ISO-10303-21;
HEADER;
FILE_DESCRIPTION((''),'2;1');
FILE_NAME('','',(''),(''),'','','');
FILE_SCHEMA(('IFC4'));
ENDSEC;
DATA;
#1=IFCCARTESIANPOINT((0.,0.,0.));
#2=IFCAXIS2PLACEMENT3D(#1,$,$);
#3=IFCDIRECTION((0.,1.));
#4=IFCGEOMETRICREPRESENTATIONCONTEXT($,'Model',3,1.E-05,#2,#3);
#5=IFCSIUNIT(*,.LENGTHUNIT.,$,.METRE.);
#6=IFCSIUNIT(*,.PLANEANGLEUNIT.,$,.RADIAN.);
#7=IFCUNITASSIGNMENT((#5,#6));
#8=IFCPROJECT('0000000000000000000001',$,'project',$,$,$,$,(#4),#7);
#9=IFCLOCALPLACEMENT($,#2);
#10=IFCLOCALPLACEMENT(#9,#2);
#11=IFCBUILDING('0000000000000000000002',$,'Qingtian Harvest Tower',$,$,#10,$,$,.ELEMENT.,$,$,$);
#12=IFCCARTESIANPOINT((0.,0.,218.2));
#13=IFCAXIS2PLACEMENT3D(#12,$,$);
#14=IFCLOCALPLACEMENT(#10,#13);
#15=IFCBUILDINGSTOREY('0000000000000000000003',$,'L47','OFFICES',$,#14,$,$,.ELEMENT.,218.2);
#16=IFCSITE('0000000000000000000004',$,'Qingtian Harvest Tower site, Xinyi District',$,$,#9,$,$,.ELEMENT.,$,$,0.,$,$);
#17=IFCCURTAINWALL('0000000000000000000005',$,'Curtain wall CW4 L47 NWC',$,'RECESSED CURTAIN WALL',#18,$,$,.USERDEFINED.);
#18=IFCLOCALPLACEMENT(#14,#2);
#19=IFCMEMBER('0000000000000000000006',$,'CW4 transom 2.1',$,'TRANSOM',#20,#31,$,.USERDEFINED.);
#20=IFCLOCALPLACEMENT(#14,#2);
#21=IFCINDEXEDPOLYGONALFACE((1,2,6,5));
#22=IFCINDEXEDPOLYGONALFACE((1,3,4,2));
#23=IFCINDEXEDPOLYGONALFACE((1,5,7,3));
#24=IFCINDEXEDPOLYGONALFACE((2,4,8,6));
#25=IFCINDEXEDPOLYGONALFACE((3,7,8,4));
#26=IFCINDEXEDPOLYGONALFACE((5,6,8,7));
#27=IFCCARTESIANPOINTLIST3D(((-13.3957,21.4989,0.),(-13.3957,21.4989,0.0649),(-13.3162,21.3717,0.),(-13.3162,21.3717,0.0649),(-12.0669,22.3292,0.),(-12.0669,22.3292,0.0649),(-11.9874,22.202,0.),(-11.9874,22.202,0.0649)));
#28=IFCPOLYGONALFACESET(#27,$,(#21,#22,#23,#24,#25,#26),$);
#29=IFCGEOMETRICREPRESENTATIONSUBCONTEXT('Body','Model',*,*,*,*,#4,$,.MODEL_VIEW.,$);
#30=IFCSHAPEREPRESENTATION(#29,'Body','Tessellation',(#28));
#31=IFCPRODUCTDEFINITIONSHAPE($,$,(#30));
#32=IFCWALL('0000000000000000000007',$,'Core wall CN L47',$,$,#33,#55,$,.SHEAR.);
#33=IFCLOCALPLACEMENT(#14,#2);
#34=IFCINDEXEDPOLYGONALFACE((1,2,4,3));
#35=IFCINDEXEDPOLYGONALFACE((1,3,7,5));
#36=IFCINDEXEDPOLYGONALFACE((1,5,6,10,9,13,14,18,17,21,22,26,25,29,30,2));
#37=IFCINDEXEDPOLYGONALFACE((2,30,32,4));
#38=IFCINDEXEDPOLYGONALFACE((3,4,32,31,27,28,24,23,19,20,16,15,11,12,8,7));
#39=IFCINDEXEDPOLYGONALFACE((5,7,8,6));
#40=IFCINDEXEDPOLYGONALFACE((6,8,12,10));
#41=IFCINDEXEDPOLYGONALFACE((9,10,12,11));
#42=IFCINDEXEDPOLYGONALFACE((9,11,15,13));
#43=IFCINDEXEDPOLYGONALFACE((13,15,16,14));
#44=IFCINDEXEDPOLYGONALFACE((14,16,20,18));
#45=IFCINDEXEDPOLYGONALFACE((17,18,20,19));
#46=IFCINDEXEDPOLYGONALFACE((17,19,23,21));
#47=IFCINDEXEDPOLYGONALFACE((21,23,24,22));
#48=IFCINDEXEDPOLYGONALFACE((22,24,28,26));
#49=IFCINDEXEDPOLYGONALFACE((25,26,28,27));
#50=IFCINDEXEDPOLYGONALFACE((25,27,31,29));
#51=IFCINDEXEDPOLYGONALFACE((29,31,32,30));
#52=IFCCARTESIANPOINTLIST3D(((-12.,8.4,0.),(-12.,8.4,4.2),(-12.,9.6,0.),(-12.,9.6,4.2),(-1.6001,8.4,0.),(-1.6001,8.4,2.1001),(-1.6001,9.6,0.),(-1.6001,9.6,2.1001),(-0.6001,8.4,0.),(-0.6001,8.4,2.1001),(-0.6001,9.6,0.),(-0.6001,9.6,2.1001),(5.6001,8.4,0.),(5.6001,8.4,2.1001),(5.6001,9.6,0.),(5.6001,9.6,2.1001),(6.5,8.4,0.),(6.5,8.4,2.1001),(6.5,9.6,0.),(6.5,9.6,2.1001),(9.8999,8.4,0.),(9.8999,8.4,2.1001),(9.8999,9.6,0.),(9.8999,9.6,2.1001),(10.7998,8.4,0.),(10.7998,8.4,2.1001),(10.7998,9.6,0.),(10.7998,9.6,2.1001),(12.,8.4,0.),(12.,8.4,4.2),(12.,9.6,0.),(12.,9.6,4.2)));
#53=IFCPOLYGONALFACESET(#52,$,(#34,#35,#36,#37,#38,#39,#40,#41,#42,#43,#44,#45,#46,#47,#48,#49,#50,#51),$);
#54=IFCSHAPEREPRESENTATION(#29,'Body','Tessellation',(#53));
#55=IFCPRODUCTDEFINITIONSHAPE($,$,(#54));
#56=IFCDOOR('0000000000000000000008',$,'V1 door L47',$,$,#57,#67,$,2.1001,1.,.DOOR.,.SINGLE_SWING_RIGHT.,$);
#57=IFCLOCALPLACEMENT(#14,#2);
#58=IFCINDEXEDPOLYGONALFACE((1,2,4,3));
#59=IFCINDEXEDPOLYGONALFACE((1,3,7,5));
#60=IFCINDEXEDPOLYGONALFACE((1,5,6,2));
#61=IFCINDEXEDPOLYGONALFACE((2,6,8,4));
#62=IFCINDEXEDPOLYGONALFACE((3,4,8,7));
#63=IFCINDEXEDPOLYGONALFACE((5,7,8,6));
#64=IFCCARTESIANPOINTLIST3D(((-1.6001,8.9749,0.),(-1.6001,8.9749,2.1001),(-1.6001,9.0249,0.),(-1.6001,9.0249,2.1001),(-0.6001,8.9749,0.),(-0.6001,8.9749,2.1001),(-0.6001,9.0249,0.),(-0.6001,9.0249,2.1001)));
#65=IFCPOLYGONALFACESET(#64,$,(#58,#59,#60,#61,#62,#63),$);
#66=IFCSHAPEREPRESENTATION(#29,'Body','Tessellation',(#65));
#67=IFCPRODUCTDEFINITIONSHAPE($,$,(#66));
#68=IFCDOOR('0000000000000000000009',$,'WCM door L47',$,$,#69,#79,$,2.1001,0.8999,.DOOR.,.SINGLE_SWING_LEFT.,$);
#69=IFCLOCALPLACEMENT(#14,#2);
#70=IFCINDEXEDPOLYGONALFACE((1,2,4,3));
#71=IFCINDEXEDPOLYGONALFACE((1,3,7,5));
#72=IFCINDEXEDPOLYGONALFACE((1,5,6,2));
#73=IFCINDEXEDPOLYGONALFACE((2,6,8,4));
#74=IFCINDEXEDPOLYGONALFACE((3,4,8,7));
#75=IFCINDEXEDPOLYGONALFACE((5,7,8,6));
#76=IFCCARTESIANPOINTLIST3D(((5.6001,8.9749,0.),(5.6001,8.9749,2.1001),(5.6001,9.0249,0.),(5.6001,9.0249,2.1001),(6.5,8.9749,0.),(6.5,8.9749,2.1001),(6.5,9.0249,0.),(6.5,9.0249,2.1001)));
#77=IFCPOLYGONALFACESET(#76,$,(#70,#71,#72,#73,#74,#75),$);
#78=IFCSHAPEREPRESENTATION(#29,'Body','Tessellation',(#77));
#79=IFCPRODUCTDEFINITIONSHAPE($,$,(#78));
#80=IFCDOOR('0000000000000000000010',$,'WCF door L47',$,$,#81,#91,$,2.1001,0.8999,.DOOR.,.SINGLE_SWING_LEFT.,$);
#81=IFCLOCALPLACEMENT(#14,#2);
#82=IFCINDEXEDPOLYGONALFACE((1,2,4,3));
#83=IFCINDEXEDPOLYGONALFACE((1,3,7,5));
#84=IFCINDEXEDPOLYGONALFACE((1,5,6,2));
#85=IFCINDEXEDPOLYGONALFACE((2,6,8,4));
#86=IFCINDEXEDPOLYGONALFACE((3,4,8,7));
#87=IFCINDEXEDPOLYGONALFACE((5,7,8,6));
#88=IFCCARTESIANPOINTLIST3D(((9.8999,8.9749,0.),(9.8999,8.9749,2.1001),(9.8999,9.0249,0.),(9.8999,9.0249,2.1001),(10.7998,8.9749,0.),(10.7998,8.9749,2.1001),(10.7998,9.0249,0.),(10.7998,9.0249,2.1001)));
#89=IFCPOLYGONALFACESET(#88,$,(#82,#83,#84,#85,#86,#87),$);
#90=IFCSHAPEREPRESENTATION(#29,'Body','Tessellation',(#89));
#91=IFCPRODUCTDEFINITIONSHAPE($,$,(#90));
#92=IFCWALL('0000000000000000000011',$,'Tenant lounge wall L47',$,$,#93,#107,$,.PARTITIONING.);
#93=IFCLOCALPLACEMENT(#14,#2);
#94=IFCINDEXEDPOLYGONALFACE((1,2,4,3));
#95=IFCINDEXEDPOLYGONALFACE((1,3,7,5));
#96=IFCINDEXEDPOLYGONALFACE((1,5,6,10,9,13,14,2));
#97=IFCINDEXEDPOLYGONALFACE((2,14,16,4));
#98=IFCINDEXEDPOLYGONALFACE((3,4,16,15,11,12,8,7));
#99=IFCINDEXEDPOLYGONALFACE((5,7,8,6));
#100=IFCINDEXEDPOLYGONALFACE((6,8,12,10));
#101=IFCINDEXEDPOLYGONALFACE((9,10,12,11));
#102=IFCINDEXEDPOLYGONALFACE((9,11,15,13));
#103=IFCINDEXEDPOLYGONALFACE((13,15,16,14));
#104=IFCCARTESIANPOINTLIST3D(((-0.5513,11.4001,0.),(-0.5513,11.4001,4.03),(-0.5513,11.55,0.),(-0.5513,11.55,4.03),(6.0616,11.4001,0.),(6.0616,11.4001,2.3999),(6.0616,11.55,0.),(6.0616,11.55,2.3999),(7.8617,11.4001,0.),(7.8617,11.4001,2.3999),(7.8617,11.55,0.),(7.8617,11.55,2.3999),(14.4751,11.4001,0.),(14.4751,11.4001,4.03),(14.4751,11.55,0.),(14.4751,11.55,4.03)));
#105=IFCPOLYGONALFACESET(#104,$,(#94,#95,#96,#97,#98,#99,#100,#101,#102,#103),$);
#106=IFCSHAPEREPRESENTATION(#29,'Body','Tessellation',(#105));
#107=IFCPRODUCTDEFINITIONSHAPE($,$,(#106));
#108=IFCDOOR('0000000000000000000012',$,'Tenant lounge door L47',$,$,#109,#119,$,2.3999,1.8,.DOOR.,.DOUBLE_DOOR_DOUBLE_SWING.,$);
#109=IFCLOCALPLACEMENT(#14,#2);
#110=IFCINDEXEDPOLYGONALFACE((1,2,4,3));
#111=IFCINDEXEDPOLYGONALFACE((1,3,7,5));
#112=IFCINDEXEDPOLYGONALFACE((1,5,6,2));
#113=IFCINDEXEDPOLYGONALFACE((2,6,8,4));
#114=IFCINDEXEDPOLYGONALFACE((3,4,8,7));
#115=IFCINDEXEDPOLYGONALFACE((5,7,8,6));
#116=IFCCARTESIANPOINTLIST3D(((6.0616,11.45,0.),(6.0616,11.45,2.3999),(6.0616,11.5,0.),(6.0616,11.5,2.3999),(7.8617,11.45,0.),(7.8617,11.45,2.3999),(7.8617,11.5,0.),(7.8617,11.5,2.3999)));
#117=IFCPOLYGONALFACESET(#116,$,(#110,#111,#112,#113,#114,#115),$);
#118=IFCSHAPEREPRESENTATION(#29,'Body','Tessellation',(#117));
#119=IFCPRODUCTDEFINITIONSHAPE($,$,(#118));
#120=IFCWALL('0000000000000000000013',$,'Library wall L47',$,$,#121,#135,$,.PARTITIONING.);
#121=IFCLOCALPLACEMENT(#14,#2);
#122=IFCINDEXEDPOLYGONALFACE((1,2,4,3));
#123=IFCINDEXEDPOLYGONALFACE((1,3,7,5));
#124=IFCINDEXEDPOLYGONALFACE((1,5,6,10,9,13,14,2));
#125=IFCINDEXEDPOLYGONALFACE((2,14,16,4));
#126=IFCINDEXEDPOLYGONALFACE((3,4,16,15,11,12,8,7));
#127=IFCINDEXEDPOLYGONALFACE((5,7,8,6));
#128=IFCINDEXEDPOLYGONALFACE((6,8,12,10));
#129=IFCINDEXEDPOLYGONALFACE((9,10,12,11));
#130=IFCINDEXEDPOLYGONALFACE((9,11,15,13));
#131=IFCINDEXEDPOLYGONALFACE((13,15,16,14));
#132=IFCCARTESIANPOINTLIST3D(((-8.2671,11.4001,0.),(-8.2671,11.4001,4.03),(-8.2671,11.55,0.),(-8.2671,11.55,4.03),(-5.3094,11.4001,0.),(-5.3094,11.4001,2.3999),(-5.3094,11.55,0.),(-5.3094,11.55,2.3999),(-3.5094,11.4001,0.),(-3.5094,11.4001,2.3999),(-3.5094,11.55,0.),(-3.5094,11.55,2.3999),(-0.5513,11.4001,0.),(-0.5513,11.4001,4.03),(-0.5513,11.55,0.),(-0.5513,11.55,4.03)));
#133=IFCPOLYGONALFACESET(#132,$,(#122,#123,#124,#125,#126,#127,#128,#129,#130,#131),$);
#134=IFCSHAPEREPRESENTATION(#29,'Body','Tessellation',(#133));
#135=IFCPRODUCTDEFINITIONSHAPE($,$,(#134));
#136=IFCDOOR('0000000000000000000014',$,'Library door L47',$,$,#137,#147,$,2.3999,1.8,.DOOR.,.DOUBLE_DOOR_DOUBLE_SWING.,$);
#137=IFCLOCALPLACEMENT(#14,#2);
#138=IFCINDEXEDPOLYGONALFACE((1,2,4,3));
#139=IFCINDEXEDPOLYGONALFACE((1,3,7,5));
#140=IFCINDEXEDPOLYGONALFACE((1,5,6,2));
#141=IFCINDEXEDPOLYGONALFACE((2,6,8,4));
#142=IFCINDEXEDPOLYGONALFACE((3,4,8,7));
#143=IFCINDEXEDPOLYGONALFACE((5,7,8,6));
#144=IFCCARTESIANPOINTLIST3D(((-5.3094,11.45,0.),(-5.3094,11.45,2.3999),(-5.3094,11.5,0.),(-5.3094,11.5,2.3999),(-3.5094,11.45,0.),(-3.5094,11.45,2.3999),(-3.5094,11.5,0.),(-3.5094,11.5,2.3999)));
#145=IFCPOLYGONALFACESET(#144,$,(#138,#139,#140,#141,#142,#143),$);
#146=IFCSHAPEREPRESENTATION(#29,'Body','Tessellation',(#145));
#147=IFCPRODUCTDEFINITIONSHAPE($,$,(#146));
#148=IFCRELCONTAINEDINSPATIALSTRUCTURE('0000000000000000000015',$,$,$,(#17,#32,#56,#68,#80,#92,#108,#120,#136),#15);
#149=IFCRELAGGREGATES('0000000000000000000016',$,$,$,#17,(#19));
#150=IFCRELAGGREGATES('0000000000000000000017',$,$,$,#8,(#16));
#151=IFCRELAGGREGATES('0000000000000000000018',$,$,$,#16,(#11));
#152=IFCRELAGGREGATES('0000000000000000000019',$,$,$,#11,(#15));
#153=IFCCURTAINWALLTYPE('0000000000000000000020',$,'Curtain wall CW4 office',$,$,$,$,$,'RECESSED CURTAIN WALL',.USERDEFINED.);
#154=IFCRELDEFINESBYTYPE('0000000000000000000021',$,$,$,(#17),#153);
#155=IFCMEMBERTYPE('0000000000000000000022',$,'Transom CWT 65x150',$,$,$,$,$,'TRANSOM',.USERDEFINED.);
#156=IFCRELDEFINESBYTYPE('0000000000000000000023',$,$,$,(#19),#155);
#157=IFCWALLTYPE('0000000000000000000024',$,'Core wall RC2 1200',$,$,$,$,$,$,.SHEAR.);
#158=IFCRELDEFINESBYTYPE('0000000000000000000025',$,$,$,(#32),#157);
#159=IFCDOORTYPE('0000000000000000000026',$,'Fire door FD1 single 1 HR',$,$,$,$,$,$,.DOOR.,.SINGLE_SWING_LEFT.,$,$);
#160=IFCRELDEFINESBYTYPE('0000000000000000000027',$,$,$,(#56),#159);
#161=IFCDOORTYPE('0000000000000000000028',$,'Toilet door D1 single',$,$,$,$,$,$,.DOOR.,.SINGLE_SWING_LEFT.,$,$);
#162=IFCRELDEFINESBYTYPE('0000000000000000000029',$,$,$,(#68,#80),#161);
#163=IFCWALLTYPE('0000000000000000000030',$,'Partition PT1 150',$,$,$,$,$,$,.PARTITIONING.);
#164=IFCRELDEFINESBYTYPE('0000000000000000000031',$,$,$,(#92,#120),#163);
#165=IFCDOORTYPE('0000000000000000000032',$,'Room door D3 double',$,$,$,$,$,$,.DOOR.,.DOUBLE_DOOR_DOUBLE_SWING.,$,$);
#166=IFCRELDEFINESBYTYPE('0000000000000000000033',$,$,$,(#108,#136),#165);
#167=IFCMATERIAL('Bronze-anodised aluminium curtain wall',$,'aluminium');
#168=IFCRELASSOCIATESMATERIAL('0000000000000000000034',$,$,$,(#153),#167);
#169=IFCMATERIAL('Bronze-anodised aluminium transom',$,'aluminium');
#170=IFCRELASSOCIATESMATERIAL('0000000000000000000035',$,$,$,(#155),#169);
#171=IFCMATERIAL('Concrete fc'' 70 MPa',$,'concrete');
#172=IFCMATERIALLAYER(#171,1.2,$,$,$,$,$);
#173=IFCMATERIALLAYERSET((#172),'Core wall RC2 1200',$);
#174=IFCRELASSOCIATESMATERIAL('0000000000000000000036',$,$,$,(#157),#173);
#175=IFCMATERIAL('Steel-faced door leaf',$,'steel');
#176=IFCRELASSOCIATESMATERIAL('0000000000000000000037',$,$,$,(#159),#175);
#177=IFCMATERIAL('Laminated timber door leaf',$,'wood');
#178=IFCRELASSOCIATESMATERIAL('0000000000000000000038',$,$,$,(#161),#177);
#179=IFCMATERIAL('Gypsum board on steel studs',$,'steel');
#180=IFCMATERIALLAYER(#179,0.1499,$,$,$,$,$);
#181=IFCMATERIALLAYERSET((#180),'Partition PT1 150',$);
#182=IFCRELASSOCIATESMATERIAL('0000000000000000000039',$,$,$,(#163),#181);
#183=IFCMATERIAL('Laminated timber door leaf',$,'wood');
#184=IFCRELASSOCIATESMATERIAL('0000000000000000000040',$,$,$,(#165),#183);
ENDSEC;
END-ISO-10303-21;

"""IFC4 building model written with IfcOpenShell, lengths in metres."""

from ifc_helpers import new_model, si_unit, direction, frame, frame_2d, origin, origin_2d, place, context, subcontext, project, spatial, rectangle, extrude, material, layer, layer_set, material_profile, profile_set, type_object, element, fill, aggregate, save


model = new_model("IFC4")

# Units and contexts
model_context = context("Model", 3, precision=1e-05, world=origin(), true_north=direction((0.0, 1.0)))
body_context = subcontext(model_context, "Body", "Model", "MODEL_VIEW")
ifc_project = project(units=[si_unit("LENGTHUNIT", "METRE"), si_unit("PLANEANGLEUNIT", "RADIAN")], contexts=[model_context])

# Site, building, storey
site_placement = place(None, origin())
site = spatial("IfcSite", under=ifc_project, at=site_placement, Name="Qingtian Harvest Tower site, Xinyi District", CompositionType="ELEMENT", RefElevation=0.0)
building_placement = place(site_placement, origin())
building = spatial("IfcBuilding", under=site, at=building_placement, Name="Qingtian Harvest Tower", CompositionType="ELEMENT")
storey_placement = place(building_placement, frame((0.0, 0.0, 218.2)))
storey = spatial("IfcBuildingStorey", under=building, at=storey_placement, Name="L47", Description="OFFICES", CompositionType="ELEMENT", Elevation=218.2)

# Curtain wall, member
ifc_material_1 = material(Name="Bronze-anodised aluminium curtain wall", Category="aluminium")
curtain_wall_type = type_object("IfcCurtainWallType", Name="Curtain wall CW4 office", ElementType="RECESSED CURTAIN WALL", PredefinedType="USERDEFINED", material=ifc_material_1)
curtain_wall_placement = place(storey_placement, origin())
curtain_wall = element("IfcCurtainWall", 1, at=curtain_wall_placement, inside=storey, type_object=curtain_wall_type, Name="Curtain wall CW4 L47 NWC", ObjectType="RECESSED CURTAIN WALL", PredefinedType="USERDEFINED")
ifc_material_2 = material(Name="Bronze-anodised aluminium transom", Category="aluminium")
ifc_material_profile = material_profile(ifc_material_2, rectangle(XDim=0.1499, YDim=0.0649, at=origin_2d()), Name="AL 65x150")
ifc_profile_set = profile_set([ifc_material_profile], Name="Bronze-anodised aluminium transom")
member_type = type_object("IfcMemberType", Name="Transom CWT 65x150", ElementType="TRANSOM", PredefinedType="USERDEFINED", material=ifc_profile_set)
member_placement = place(storey_placement, frame((-13.356, 21.4353, 0.0325), z_axis=(0.84806, 0.529901, 0.0), x_axis=(-0.529901, 0.84806, 0.0)))
member = element("IfcMember", 2, at=member_placement, type_object=member_type, Name="CW4 transom 2.1", ObjectType="TRANSOM", PredefinedType="USERDEFINED", context=body_context, shape_type="SweptSolid", body=[
    extrude(rectangle(XDim=0.1499, YDim=0.0649, at=origin_2d()), origin(), (0.0, 0.0, 1.0), 1.5669),
])
aggregate(curtain_wall, [member])

# Wall, openings, doors
ifc_material_3 = material(Name="Concrete fc' 70 MPa", Category="concrete")
ifc_layer_1 = layer(ifc_material_3, 1.2)
ifc_layer_set_1 = layer_set([ifc_layer_1], Name="Core wall RC2 1200")
wall_type_1 = type_object("IfcWallType", Name="Core wall RC2 1200", PredefinedType="SHEAR", material=ifc_layer_set_1)
wall_1_placement = place(storey_placement, frame((-12.0, 9.0, 0.0), z_axis=(0.0, 0.0, 1.0), x_axis=(1.0, 0.0, 0.0)))
wall_1 = element("IfcWall", 3, at=wall_1_placement, inside=storey, type_object=wall_type_1, Name="Core wall CN L47", PredefinedType="SHEAR", context=body_context, shape_type="SweptSolid", body=[
    extrude(rectangle(XDim=24.0, YDim=1.2, at=frame_2d((12.0, 0.0))), origin(), (0.0, 0.0, 1.0), 4.2),
])
opening_1_placement = place(wall_1_placement, frame((10.3999, 0.0, 0.0)))
opening_1 = element("IfcOpeningElement", 4, at=opening_1_placement, cuts=wall_1, PredefinedType="OPENING", context=body_context, shape_type="SweptSolid", body=[
    extrude(rectangle(XDim=1.0, YDim=2.1001, at=frame_2d((0.5, 1.05))), frame((0.0, 0.6099, 0.0), z_axis=(0.0, -1.0, 0.0), x_axis=(1.0, 0.0, 0.0)), (0.0, 0.0, 1.0), 1.22),
])
opening_2_placement = place(wall_1_placement, frame((17.6001, 0.0, 0.0)))
opening_2 = element("IfcOpeningElement", 5, at=opening_2_placement, cuts=wall_1, PredefinedType="OPENING", context=body_context, shape_type="SweptSolid", body=[
    extrude(rectangle(XDim=0.8999, YDim=2.1001, at=frame_2d((0.45, 1.05))), frame((0.0, 0.6099, 0.0), z_axis=(0.0, -1.0, 0.0), x_axis=(1.0, 0.0, 0.0)), (0.0, 0.0, 1.0), 1.22),
])
opening_3_placement = place(wall_1_placement, frame((21.8999, 0.0, 0.0)))
opening_3 = element("IfcOpeningElement", 6, at=opening_3_placement, cuts=wall_1, PredefinedType="OPENING", context=body_context, shape_type="SweptSolid", body=[
    extrude(rectangle(XDim=0.8999, YDim=2.1001, at=frame_2d((0.45, 1.05))), frame((0.0, 0.6099, 0.0), z_axis=(0.0, -1.0, 0.0), x_axis=(1.0, 0.0, 0.0)), (0.0, 0.0, 1.0), 1.22),
])
ifc_material_4 = material(Name="Steel-faced door leaf", Category="steel")
door_type_1 = type_object("IfcDoorType", Name="Fire door FD1 single 1 HR", OperationType="SINGLE_SWING_LEFT", PredefinedType="DOOR", material=ifc_material_4)
door_1_placement = place(opening_1_placement, origin())
door_1 = element("IfcDoor", 7, at=door_1_placement, inside=storey, type_object=door_type_1, Name="V1 door L47", OperationType="SINGLE_SWING_RIGHT", OverallHeight=2.1001, OverallWidth=1.0, PredefinedType="DOOR", context=body_context, shape_type="SweptSolid", body=[
    extrude(rectangle(XDim=1.0, YDim=2.1001, at=frame_2d((0.5, 1.05))), frame((0.0, 0.0249, 0.0), z_axis=(0.0, -1.0, 0.0), x_axis=(1.0, 0.0, 0.0)), (0.0, 0.0, 1.0), 0.05),
])
fill(opening_1, door_1)
ifc_material_5 = material(Name="Laminated timber door leaf", Category="wood")
door_type_2 = type_object("IfcDoorType", Name="Toilet door D1 single", OperationType="SINGLE_SWING_LEFT", PredefinedType="DOOR", material=ifc_material_5)
door_2_placement = place(opening_2_placement, origin())
door_2 = element("IfcDoor", 8, at=door_2_placement, inside=storey, type_object=door_type_2, Name="WCM door L47", OperationType="SINGLE_SWING_LEFT", OverallHeight=2.1001, OverallWidth=0.8999, PredefinedType="DOOR", context=body_context, shape_type="SweptSolid", body=[
    extrude(rectangle(XDim=0.8999, YDim=2.1001, at=frame_2d((0.45, 1.05))), frame((0.0, 0.0249, 0.0), z_axis=(0.0, -1.0, 0.0), x_axis=(1.0, 0.0, 0.0)), (0.0, 0.0, 1.0), 0.05),
])
fill(opening_2, door_2)
door_3_placement = place(opening_3_placement, origin())
door_3 = element("IfcDoor", 9, at=door_3_placement, inside=storey, type_object=door_type_2, Name="WCF door L47", OperationType="SINGLE_SWING_LEFT", OverallHeight=2.1001, OverallWidth=0.8999, PredefinedType="DOOR", context=body_context, shape_type="SweptSolid", body=[
    extrude(rectangle(XDim=0.8999, YDim=2.1001, at=frame_2d((0.45, 1.05))), frame((0.0, 0.0249, 0.0), z_axis=(0.0, -1.0, 0.0), x_axis=(1.0, 0.0, 0.0)), (0.0, 0.0, 1.0), 0.05),
])
fill(opening_3, door_3)

# Walls, openings, doors
ifc_material_6 = material(Name="Gypsum board on steel studs", Category="steel")
ifc_layer_2 = layer(ifc_material_6, 0.1499)
ifc_layer_set_2 = layer_set([ifc_layer_2], Name="Partition PT1 150")
wall_type_2 = type_object("IfcWallType", Name="Partition PT1 150", PredefinedType="PARTITIONING", material=ifc_layer_set_2)
wall_2_placement = place(storey_placement, frame((-0.5513, 11.4751, 0.0), z_axis=(0.0, 0.0, 1.0), x_axis=(1.0, 0.0, 0.0)))
wall_2 = element("IfcWall", 10, at=wall_2_placement, inside=storey, type_object=wall_type_2, Name="Tenant lounge wall L47", PredefinedType="PARTITIONING", context=body_context, shape_type="SweptSolid", body=[
    extrude(rectangle(XDim=15.0264, YDim=0.1499, at=frame_2d((7.5132, 0.0))), origin(), (0.0, 0.0, 1.0), 4.03),
])
opening_4_placement = place(wall_2_placement, frame((6.613, 0.0, 0.0)))
opening_4 = element("IfcOpeningElement", 11, at=opening_4_placement, cuts=wall_2, PredefinedType="OPENING", context=body_context, shape_type="SweptSolid", body=[
    extrude(rectangle(XDim=1.8, YDim=2.3999, at=frame_2d((0.8999, 1.2))), frame((0.0, 0.085, 0.0), z_axis=(0.0, -1.0, 0.0), x_axis=(1.0, 0.0, 0.0)), (0.0, 0.0, 1.0), 0.1699),
])
ifc_material_7 = material(Name="Laminated timber door leaf", Category="wood")
door_type_3 = type_object("IfcDoorType", Name="Room door D3 double", OperationType="DOUBLE_DOOR_DOUBLE_SWING", PredefinedType="DOOR", material=ifc_material_7)
door_4_placement = place(opening_4_placement, origin())
door_4 = element("IfcDoor", 12, at=door_4_placement, inside=storey, type_object=door_type_3, Name="Tenant lounge door L47", OperationType="DOUBLE_DOOR_DOUBLE_SWING", OverallHeight=2.3999, OverallWidth=1.8, PredefinedType="DOOR", context=body_context, shape_type="SweptSolid", body=[
    extrude(rectangle(XDim=1.8, YDim=2.3999, at=frame_2d((0.8999, 1.2))), frame((0.0, 0.0249, 0.0), z_axis=(0.0, -1.0, 0.0), x_axis=(1.0, 0.0, 0.0)), (0.0, 0.0, 1.0), 0.05),
])
fill(opening_4, door_4)
wall_3_placement = place(storey_placement, frame((-8.2671, 11.4751, 0.0), z_axis=(0.0, 0.0, 1.0), x_axis=(1.0, 0.0, 0.0)))
wall_3 = element("IfcWall", 13, at=wall_3_placement, inside=storey, type_object=wall_type_2, Name="Library wall L47", PredefinedType="PARTITIONING", context=body_context, shape_type="SweptSolid", body=[
    extrude(rectangle(XDim=7.7158, YDim=0.1499, at=frame_2d((3.8579, 0.0))), origin(), (0.0, 0.0, 1.0), 4.03),
])
opening_5_placement = place(wall_3_placement, frame((2.9578, 0.0, 0.0)))
opening_5 = element("IfcOpeningElement", 14, at=opening_5_placement, cuts=wall_3, PredefinedType="OPENING", context=body_context, shape_type="SweptSolid", body=[
    extrude(rectangle(XDim=1.8, YDim=2.3999, at=frame_2d((0.8999, 1.2))), frame((0.0, 0.085, 0.0), z_axis=(0.0, -1.0, 0.0), x_axis=(1.0, 0.0, 0.0)), (0.0, 0.0, 1.0), 0.1699),
])
door_5_placement = place(opening_5_placement, origin())
door_5 = element("IfcDoor", 15, at=door_5_placement, inside=storey, type_object=door_type_3, Name="Library door L47", OperationType="DOUBLE_DOOR_DOUBLE_SWING", OverallHeight=2.3999, OverallWidth=1.8, PredefinedType="DOOR", context=body_context, shape_type="SweptSolid", body=[
    extrude(rectangle(XDim=1.8, YDim=2.3999, at=frame_2d((0.8999, 1.2))), frame((0.0, 0.0249, 0.0), z_axis=(0.0, -1.0, 0.0), x_axis=(1.0, 0.0, 0.0)), (0.0, 0.0, 1.0), 0.05),
])
fill(opening_5, door_5)

save(model, "model.ifc")
